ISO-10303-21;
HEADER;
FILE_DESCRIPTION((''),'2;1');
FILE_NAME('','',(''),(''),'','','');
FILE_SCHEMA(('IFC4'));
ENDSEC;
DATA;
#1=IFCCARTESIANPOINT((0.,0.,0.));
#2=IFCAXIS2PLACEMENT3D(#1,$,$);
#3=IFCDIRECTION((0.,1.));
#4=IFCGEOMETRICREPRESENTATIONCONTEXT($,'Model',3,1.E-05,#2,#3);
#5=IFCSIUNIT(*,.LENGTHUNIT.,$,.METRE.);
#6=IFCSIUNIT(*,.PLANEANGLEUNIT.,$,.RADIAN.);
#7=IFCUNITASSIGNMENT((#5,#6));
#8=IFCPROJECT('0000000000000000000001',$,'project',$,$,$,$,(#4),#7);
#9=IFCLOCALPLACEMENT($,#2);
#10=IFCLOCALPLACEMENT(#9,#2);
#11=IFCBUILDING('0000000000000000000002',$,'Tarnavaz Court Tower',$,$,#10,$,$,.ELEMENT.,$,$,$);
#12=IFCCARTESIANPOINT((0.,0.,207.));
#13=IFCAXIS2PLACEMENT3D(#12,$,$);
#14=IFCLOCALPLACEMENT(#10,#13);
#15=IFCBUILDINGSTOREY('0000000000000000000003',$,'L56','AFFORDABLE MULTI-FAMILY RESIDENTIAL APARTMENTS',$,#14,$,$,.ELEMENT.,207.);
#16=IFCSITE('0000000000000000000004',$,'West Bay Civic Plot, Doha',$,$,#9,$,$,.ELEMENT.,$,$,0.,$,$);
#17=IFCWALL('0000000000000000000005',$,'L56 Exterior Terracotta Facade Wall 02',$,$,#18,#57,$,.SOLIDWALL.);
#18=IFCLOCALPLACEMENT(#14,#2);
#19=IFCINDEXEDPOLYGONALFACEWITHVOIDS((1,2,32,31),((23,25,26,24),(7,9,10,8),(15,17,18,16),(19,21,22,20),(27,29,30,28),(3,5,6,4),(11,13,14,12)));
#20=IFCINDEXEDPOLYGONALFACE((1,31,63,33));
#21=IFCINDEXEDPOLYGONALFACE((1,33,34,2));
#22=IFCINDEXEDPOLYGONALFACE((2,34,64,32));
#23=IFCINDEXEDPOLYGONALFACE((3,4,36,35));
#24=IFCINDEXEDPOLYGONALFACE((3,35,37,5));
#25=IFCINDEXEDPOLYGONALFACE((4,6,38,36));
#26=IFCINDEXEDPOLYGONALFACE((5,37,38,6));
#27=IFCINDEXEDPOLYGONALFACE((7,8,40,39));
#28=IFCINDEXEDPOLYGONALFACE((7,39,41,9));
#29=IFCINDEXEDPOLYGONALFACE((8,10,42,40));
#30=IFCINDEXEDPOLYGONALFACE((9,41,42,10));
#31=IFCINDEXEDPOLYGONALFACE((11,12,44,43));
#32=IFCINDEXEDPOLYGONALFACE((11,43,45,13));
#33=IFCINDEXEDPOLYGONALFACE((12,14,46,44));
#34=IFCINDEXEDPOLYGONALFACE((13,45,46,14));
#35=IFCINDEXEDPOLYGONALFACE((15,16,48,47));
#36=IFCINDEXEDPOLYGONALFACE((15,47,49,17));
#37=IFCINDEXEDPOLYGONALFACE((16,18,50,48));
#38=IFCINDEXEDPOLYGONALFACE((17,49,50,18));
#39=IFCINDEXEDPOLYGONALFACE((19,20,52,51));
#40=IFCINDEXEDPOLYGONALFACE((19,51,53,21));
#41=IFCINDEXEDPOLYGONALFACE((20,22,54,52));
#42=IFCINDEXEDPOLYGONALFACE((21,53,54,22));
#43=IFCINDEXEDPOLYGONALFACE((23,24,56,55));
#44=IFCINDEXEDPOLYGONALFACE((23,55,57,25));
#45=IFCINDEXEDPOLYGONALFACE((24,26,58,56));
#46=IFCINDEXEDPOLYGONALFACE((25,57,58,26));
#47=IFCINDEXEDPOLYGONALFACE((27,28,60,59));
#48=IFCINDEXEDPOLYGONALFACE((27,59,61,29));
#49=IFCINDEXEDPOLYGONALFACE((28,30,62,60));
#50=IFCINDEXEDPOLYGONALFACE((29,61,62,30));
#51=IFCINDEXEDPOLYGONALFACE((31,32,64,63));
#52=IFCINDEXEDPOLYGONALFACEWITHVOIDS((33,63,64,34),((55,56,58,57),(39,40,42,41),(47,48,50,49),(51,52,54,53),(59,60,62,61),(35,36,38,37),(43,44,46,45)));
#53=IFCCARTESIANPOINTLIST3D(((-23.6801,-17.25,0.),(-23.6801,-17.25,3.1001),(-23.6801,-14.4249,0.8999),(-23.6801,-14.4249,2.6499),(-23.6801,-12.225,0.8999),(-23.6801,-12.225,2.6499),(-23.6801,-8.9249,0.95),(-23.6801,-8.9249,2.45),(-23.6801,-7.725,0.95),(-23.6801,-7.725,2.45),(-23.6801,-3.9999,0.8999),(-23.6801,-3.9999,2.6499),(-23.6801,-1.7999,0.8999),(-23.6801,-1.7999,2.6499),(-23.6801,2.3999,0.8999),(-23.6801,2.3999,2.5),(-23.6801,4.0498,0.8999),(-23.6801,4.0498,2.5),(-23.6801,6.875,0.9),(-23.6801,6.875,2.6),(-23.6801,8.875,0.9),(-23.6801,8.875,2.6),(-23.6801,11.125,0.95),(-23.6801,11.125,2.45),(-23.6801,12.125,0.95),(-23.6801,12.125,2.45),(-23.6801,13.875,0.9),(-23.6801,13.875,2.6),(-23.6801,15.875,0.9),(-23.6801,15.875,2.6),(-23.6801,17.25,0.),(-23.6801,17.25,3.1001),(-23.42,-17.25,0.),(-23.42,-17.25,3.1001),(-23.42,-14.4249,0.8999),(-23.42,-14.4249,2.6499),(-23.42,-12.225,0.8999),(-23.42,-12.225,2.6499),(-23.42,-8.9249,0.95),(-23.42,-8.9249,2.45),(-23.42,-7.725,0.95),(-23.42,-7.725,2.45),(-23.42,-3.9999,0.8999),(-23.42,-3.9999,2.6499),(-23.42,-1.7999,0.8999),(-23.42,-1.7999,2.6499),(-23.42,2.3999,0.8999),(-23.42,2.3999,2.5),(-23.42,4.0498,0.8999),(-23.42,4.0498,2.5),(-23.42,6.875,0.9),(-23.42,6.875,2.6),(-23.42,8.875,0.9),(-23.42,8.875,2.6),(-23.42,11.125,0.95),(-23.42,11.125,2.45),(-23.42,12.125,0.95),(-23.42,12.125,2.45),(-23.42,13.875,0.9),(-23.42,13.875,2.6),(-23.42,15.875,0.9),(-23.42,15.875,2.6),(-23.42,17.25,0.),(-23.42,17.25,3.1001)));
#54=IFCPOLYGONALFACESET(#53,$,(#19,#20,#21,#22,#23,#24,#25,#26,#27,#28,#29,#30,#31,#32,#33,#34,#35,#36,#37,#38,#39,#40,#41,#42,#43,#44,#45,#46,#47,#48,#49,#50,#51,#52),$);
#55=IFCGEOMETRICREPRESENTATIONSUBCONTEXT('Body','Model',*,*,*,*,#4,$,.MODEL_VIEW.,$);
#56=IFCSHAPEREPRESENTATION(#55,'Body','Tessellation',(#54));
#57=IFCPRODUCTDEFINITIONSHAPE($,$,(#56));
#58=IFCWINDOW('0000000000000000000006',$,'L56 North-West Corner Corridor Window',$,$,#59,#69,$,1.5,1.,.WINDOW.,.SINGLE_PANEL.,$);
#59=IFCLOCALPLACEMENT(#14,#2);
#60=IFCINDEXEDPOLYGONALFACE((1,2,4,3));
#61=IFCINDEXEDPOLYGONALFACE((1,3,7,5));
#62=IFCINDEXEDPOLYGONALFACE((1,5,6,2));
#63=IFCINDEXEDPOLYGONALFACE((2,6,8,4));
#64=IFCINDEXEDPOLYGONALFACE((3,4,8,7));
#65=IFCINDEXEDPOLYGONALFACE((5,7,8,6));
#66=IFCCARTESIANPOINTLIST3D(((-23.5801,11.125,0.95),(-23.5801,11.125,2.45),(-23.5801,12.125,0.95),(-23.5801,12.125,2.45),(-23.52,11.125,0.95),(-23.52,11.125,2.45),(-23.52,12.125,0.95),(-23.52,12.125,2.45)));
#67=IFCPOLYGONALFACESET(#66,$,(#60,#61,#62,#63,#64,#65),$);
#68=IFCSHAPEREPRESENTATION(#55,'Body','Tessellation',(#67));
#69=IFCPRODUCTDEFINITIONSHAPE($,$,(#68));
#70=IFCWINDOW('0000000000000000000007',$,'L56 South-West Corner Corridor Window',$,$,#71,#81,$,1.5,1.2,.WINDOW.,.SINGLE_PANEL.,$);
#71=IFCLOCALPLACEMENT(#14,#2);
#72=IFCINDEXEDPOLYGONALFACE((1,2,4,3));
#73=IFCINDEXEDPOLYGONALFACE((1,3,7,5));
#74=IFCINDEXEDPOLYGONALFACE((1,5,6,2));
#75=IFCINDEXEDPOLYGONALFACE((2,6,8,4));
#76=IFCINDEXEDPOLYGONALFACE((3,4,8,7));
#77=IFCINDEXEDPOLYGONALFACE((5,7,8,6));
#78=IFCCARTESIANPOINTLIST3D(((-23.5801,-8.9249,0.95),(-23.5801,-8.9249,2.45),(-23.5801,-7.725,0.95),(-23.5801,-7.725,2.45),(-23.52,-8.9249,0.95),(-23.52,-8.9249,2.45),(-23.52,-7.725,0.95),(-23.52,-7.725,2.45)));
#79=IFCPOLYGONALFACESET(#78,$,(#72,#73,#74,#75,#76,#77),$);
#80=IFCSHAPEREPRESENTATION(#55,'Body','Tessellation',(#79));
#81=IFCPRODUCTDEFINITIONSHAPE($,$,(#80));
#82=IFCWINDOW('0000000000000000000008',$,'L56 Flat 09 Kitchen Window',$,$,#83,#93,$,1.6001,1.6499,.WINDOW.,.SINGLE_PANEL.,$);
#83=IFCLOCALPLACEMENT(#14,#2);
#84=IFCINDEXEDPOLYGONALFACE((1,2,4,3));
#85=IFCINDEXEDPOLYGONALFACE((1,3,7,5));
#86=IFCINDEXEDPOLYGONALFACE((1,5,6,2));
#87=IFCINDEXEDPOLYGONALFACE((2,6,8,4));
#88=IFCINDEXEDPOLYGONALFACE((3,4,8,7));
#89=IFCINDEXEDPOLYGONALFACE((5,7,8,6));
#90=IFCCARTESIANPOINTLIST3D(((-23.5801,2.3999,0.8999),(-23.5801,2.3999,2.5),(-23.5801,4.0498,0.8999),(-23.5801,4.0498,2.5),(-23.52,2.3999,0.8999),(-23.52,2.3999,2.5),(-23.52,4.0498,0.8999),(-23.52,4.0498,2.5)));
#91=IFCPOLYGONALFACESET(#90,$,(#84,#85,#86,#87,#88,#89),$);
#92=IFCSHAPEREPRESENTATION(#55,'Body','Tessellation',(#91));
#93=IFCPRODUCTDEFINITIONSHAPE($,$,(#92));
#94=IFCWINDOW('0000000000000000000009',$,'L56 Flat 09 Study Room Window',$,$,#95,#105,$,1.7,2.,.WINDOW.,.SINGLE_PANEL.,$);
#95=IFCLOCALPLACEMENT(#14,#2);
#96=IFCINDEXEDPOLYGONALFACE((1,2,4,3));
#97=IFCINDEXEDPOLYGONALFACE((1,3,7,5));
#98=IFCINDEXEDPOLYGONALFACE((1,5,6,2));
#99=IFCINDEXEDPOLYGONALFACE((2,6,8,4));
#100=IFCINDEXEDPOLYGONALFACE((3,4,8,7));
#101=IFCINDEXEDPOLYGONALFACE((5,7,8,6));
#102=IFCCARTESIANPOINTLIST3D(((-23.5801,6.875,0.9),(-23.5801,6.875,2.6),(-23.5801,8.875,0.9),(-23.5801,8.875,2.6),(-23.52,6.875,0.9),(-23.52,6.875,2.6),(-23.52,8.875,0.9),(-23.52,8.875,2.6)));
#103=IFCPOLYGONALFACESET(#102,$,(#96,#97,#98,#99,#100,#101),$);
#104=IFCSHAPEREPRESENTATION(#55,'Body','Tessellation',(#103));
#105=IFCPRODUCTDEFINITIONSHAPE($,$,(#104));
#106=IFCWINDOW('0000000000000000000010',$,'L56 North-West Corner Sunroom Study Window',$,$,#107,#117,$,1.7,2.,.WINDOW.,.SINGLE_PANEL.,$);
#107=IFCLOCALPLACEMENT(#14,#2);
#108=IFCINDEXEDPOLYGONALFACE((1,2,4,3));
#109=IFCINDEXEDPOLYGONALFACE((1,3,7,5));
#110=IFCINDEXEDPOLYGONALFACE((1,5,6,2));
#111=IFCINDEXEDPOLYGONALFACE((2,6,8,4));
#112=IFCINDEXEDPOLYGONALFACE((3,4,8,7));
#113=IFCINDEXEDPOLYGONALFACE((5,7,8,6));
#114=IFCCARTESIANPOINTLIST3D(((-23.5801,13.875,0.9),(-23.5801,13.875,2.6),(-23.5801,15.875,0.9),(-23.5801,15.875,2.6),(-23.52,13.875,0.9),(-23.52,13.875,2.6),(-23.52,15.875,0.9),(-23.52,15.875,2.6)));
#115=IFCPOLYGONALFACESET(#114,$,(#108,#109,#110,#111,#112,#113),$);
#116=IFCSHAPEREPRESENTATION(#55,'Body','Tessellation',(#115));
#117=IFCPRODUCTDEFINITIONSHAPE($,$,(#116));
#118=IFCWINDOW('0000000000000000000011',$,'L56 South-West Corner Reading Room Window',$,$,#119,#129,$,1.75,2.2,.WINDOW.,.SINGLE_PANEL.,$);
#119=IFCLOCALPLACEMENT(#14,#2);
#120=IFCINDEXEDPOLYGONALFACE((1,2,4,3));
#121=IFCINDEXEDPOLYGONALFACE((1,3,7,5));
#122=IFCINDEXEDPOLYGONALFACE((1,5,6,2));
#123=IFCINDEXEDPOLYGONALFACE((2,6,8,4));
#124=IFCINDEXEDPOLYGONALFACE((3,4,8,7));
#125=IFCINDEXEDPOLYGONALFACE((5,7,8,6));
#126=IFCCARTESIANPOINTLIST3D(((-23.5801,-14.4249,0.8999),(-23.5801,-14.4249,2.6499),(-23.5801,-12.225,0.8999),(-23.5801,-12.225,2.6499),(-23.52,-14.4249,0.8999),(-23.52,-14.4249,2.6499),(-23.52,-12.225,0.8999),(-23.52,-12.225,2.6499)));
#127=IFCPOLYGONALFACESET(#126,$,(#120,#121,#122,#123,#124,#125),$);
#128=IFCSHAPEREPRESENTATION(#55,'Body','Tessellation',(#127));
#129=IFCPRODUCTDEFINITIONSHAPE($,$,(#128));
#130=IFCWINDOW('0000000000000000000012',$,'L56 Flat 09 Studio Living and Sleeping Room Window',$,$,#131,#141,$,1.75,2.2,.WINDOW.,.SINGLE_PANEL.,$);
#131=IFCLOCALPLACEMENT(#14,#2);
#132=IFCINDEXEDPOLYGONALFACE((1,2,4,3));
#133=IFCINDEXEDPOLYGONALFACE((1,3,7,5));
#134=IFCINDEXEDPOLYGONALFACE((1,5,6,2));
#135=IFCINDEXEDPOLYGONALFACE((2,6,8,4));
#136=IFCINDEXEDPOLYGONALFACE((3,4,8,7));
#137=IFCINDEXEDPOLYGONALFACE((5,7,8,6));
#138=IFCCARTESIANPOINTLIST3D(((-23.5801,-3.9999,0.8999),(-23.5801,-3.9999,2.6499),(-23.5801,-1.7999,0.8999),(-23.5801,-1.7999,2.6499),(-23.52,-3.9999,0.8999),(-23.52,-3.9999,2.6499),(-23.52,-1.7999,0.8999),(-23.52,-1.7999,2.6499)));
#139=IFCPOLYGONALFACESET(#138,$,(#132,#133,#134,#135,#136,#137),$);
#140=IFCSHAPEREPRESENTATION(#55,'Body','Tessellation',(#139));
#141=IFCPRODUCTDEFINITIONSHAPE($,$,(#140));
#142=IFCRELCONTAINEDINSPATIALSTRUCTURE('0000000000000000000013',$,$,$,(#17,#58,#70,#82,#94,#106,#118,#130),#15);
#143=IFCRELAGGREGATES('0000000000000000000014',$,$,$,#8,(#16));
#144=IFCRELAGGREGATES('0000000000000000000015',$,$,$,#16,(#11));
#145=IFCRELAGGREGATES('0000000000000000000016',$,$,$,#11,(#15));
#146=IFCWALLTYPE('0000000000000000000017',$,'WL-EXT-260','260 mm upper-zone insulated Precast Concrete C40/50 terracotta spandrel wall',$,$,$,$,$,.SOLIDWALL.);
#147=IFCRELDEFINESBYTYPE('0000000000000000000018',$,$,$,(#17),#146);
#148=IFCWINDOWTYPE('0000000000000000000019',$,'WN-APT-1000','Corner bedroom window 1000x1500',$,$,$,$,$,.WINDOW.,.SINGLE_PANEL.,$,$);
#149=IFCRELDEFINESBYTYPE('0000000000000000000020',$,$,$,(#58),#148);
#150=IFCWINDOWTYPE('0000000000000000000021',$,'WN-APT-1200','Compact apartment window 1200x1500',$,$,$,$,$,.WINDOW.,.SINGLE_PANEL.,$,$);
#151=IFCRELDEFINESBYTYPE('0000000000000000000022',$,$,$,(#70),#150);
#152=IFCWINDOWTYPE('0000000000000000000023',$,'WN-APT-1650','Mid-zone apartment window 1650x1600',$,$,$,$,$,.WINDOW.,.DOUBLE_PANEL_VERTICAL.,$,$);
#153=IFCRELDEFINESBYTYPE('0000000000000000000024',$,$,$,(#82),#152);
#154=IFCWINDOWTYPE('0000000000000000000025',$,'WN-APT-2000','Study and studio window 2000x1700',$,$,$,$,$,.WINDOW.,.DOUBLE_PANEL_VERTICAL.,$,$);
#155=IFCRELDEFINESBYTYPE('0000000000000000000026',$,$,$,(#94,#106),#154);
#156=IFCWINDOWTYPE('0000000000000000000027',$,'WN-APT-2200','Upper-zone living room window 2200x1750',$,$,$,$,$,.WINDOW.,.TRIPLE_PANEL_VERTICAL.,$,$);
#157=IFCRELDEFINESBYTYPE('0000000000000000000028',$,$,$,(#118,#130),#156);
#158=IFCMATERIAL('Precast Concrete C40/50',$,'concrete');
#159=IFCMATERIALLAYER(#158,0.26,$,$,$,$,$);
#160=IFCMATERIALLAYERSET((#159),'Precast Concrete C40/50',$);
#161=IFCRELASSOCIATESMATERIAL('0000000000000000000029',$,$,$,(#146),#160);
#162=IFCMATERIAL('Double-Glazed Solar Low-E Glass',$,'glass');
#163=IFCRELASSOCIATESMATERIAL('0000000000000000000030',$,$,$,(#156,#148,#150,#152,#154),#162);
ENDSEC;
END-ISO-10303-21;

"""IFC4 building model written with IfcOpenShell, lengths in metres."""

from ifc_helpers import new_model, si_unit, direction, frame, frame_2d, origin, place, context, subcontext, project, spatial, rectangle, extrude, material, layer, layer_set, type_object, element, fill, save


model = new_model("IFC4")

# Units and contexts
model_context = context("Model", 3, precision=1e-05, world=origin(), true_north=direction((0.0, 1.0)))
body_context = subcontext(model_context, "Body", "Model", "MODEL_VIEW")
ifc_project = project(units=[si_unit("LENGTHUNIT", "METRE"), si_unit("PLANEANGLEUNIT", "RADIAN")], contexts=[model_context])

# Site, building, storey
site_placement = place(None, origin())
site = spatial("IfcSite", under=ifc_project, at=site_placement, Name="West Bay Civic Plot, Doha", CompositionType="ELEMENT", RefElevation=0.0)
building_placement = place(site_placement, origin())
building = spatial("IfcBuilding", under=site, at=building_placement, Name="Tarnavaz Court Tower", CompositionType="ELEMENT")
storey_placement = place(building_placement, frame((0.0, 0.0, 207.0)))
storey = spatial("IfcBuildingStorey", under=building, at=storey_placement, Name="L56", Description="AFFORDABLE MULTI-FAMILY RESIDENTIAL APARTMENTS", CompositionType="ELEMENT", Elevation=207.0)

# Shared definitions
ifc_material_1 = material(Name="Precast Concrete C40/50", Category="concrete")
ifc_layer_1 = layer(ifc_material_1, 0.26)
ifc_layer_set_1 = layer_set([ifc_layer_1], Name="Precast Concrete C40/50")
wall_type_1 = type_object("IfcWallType", Name="WL-EXT-260", Description="260 mm upper-zone insulated Precast Concrete C40/50 terracotta spandrel wall", PredefinedType="SOLIDWALL", material=ifc_layer_set_1)
ifc_material_2 = material(Name="Double-Glazed Solar Low-E Glass", Category="glass")
window_type_1 = type_object("IfcWindowType", Name="WN-APT-2200", Description="Upper-zone living room window 2200x1750", PartitioningType="TRIPLE_PANEL_VERTICAL", PredefinedType="WINDOW", material=ifc_material_2)

# Wall, openings, windows
wall_1_placement = place(storey_placement, frame((-23.55, -17.25, 0.0), z_axis=(0.0, 0.0, 1.0), x_axis=(0.0, 1.0, 0.0)))
wall_1 = element("IfcWall", 1, at=wall_1_placement, inside=storey, type_object=wall_type_1, Name="L56 Exterior Terracotta Facade Wall 02", PredefinedType="SOLIDWALL", context=body_context, shape_type="SweptSolid", body=[
    extrude(rectangle(XDim=34.5, YDim=0.26, at=frame_2d((17.25, 0.0))), origin(), (0.0, 0.0, 1.0), 3.1001),
])
opening_1_placement = place(wall_1_placement, frame((2.825, 0.0, 0.8999)))
opening_1 = element("IfcOpeningElement", 2, at=opening_1_placement, cuts=wall_1, PredefinedType="OPENING", context=body_context, shape_type="SweptSolid", body=[
    extrude(rectangle(XDim=2.2, YDim=1.75, at=frame_2d((1.1001, 0.875))), frame((0.0, 0.1399, 0.0), z_axis=(0.0, -1.0, 0.0), x_axis=(1.0, 0.0, 0.0)), (0.0, 0.0, 1.0), 0.28),
])
opening_2_placement = place(wall_1_placement, frame((8.325, 0.0, 0.95)))
opening_2 = element("IfcOpeningElement", 3, at=opening_2_placement, cuts=wall_1, PredefinedType="OPENING", context=body_context, shape_type="SweptSolid", body=[
    extrude(rectangle(XDim=1.2, YDim=1.5, at=frame_2d((0.6001, 0.75))), frame((0.0, 0.1399, 0.0), z_axis=(0.0, -1.0, 0.0), x_axis=(1.0, 0.0, 0.0)), (0.0, 0.0, 1.0), 0.28),
])
opening_3_placement = place(wall_1_placement, frame((13.25, 0.0, 0.8999)))
opening_3 = element("IfcOpeningElement", 4, at=opening_3_placement, cuts=wall_1, PredefinedType="OPENING", context=body_context, shape_type="SweptSolid", body=[
    extrude(rectangle(XDim=2.2, YDim=1.75, at=frame_2d((1.1001, 0.875))), frame((0.0, 0.1399, 0.0), z_axis=(0.0, -1.0, 0.0), x_axis=(1.0, 0.0, 0.0)), (0.0, 0.0, 1.0), 0.28),
])
opening_4_placement = place(wall_1_placement, frame((19.6499, 0.0, 0.8999)))
opening_4 = element("IfcOpeningElement", 5, at=opening_4_placement, cuts=wall_1, PredefinedType="OPENING", context=body_context, shape_type="SweptSolid", body=[
    extrude(rectangle(XDim=1.6499, YDim=1.6001, at=frame_2d((0.825, 0.8))), frame((0.0, 0.1399, 0.0), z_axis=(0.0, -1.0, 0.0), x_axis=(1.0, 0.0, 0.0)), (0.0, 0.0, 1.0), 0.28),
])
opening_5_placement = place(wall_1_placement, frame((24.125, 0.0, 0.8999)))
opening_5 = element("IfcOpeningElement", 6, at=opening_5_placement, cuts=wall_1, PredefinedType="OPENING", context=body_context, shape_type="SweptSolid", body=[
    extrude(rectangle(XDim=2.0, YDim=1.7, at=frame_2d((1.0, 0.8501))), frame((0.0, 0.1399, 0.0), z_axis=(0.0, -1.0, 0.0), x_axis=(1.0, 0.0, 0.0)), (0.0, 0.0, 1.0), 0.28),
])
opening_6_placement = place(wall_1_placement, frame((28.375, 0.0, 0.95)))
opening_6 = element("IfcOpeningElement", 7, at=opening_6_placement, cuts=wall_1, PredefinedType="OPENING", context=body_context, shape_type="SweptSolid", body=[
    extrude(rectangle(XDim=1.0, YDim=1.5, at=frame_2d((0.5, 0.75))), frame((0.0, 0.1399, 0.0), z_axis=(0.0, -1.0, 0.0), x_axis=(1.0, 0.0, 0.0)), (0.0, 0.0, 1.0), 0.28),
])
opening_7_placement = place(wall_1_placement, frame((31.125, 0.0, 0.8999)))
opening_7 = element("IfcOpeningElement", 8, at=opening_7_placement, cuts=wall_1, PredefinedType="OPENING", context=body_context, shape_type="SweptSolid", body=[
    extrude(rectangle(XDim=2.0, YDim=1.7, at=frame_2d((1.0, 0.8501))), frame((0.0, 0.1399, 0.0), z_axis=(0.0, -1.0, 0.0), x_axis=(1.0, 0.0, 0.0)), (0.0, 0.0, 1.0), 0.28),
])
window_type_2 = type_object("IfcWindowType", Name="WN-APT-1000", Description="Corner bedroom window 1000x1500", PartitioningType="SINGLE_PANEL", PredefinedType="WINDOW", material=ifc_material_2)
window_1_placement = place(opening_6_placement, origin())
window_1 = element("IfcWindow", 9, at=window_1_placement, inside=storey, type_object=window_type_2, Name="L56 North-West Corner Corridor Window", OverallHeight=1.5, OverallWidth=1.0, PartitioningType="SINGLE_PANEL", PredefinedType="WINDOW", context=body_context, shape_type="SweptSolid", body=[
    extrude(rectangle(XDim=1.0, YDim=1.5, at=frame_2d((0.5, 0.75))), frame((0.0, 0.03, 0.0), z_axis=(0.0, -1.0, 0.0), x_axis=(1.0, 0.0, 0.0)), (0.0, 0.0, 1.0), 0.0601),
])
fill(opening_6, window_1)
window_type_3 = type_object("IfcWindowType", Name="WN-APT-1200", Description="Compact apartment window 1200x1500", PartitioningType="SINGLE_PANEL", PredefinedType="WINDOW", material=ifc_material_2)
window_2_placement = place(opening_2_placement, origin())
window_2 = element("IfcWindow", 10, at=window_2_placement, inside=storey, type_object=window_type_3, Name="L56 South-West Corner Corridor Window", OverallHeight=1.5, OverallWidth=1.2, PartitioningType="SINGLE_PANEL", PredefinedType="WINDOW", context=body_context, shape_type="SweptSolid", body=[
    extrude(rectangle(XDim=1.2, YDim=1.5, at=frame_2d((0.6001, 0.75))), frame((0.0, 0.03, 0.0), z_axis=(0.0, -1.0, 0.0), x_axis=(1.0, 0.0, 0.0)), (0.0, 0.0, 1.0), 0.0601),
])
fill(opening_2, window_2)
window_type_4 = type_object("IfcWindowType", Name="WN-APT-1650", Description="Mid-zone apartment window 1650x1600", PartitioningType="DOUBLE_PANEL_VERTICAL", PredefinedType="WINDOW", material=ifc_material_2)
window_3_placement = place(opening_4_placement, origin())
window_3 = element("IfcWindow", 11, at=window_3_placement, inside=storey, type_object=window_type_4, Name="L56 Flat 09 Kitchen Window", OverallHeight=1.6001, OverallWidth=1.6499, PartitioningType="SINGLE_PANEL", PredefinedType="WINDOW", context=body_context, shape_type="SweptSolid", body=[
    extrude(rectangle(XDim=1.6499, YDim=1.6001, at=frame_2d((0.825, 0.8))), frame((0.0, 0.03, 0.0), z_axis=(0.0, -1.0, 0.0), x_axis=(1.0, 0.0, 0.0)), (0.0, 0.0, 1.0), 0.0601),
])
fill(opening_4, window_3)
window_type_5 = type_object("IfcWindowType", Name="WN-APT-2000", Description="Study and studio window 2000x1700", PartitioningType="DOUBLE_PANEL_VERTICAL", PredefinedType="WINDOW", material=ifc_material_2)
window_4_placement = place(opening_5_placement, origin())
window_4 = element("IfcWindow", 12, at=window_4_placement, inside=storey, type_object=window_type_5, Name="L56 Flat 09 Study Room Window", OverallHeight=1.7, OverallWidth=2.0, PartitioningType="SINGLE_PANEL", PredefinedType="WINDOW", context=body_context, shape_type="SweptSolid", body=[
    extrude(rectangle(XDim=2.0, YDim=1.7, at=frame_2d((1.0, 0.8501))), frame((0.0, 0.03, 0.0), z_axis=(0.0, -1.0, 0.0), x_axis=(1.0, 0.0, 0.0)), (0.0, 0.0, 1.0), 0.0601),
])
fill(opening_5, window_4)
window_5_placement = place(opening_7_placement, origin())
window_5 = element("IfcWindow", 13, at=window_5_placement, inside=storey, type_object=window_type_5, Name="L56 North-West Corner Sunroom Study Window", OverallHeight=1.7, OverallWidth=2.0, PartitioningType="SINGLE_PANEL", PredefinedType="WINDOW", context=body_context, shape_type="SweptSolid", body=[
    extrude(rectangle(XDim=2.0, YDim=1.7, at=frame_2d((1.0, 0.8501))), frame((0.0, 0.03, 0.0), z_axis=(0.0, -1.0, 0.0), x_axis=(1.0, 0.0, 0.0)), (0.0, 0.0, 1.0), 0.0601),
])
fill(opening_7, window_5)
window_6_placement = place(opening_1_placement, origin())
window_6 = element("IfcWindow", 14, at=window_6_placement, inside=storey, type_object=window_type_1, Name="L56 South-West Corner Reading Room Window", OverallHeight=1.75, OverallWidth=2.2, PartitioningType="SINGLE_PANEL", PredefinedType="WINDOW", context=body_context, shape_type="SweptSolid", body=[
    extrude(rectangle(XDim=2.2, YDim=1.75, at=frame_2d((1.1001, 0.875))), frame((0.0, 0.03, 0.0), z_axis=(0.0, -1.0, 0.0), x_axis=(1.0, 0.0, 0.0)), (0.0, 0.0, 1.0), 0.0601),
])
fill(opening_1, window_6)
window_7_placement = place(opening_3_placement, origin())
window_7 = element("IfcWindow", 15, at=window_7_placement, inside=storey, type_object=window_type_1, Name="L56 Flat 09 Studio Living and Sleeping Room Window", OverallHeight=1.75, OverallWidth=2.2, PartitioningType="SINGLE_PANEL", PredefinedType="WINDOW", context=body_context, shape_type="SweptSolid", body=[
    extrude(rectangle(XDim=2.2, YDim=1.75, at=frame_2d((1.1001, 0.875))), frame((0.0, 0.03, 0.0), z_axis=(0.0, -1.0, 0.0), x_axis=(1.0, 0.0, 0.0)), (0.0, 0.0, 1.0), 0.0601),
])
fill(opening_3, window_7)

save(model, "model.ifc")
